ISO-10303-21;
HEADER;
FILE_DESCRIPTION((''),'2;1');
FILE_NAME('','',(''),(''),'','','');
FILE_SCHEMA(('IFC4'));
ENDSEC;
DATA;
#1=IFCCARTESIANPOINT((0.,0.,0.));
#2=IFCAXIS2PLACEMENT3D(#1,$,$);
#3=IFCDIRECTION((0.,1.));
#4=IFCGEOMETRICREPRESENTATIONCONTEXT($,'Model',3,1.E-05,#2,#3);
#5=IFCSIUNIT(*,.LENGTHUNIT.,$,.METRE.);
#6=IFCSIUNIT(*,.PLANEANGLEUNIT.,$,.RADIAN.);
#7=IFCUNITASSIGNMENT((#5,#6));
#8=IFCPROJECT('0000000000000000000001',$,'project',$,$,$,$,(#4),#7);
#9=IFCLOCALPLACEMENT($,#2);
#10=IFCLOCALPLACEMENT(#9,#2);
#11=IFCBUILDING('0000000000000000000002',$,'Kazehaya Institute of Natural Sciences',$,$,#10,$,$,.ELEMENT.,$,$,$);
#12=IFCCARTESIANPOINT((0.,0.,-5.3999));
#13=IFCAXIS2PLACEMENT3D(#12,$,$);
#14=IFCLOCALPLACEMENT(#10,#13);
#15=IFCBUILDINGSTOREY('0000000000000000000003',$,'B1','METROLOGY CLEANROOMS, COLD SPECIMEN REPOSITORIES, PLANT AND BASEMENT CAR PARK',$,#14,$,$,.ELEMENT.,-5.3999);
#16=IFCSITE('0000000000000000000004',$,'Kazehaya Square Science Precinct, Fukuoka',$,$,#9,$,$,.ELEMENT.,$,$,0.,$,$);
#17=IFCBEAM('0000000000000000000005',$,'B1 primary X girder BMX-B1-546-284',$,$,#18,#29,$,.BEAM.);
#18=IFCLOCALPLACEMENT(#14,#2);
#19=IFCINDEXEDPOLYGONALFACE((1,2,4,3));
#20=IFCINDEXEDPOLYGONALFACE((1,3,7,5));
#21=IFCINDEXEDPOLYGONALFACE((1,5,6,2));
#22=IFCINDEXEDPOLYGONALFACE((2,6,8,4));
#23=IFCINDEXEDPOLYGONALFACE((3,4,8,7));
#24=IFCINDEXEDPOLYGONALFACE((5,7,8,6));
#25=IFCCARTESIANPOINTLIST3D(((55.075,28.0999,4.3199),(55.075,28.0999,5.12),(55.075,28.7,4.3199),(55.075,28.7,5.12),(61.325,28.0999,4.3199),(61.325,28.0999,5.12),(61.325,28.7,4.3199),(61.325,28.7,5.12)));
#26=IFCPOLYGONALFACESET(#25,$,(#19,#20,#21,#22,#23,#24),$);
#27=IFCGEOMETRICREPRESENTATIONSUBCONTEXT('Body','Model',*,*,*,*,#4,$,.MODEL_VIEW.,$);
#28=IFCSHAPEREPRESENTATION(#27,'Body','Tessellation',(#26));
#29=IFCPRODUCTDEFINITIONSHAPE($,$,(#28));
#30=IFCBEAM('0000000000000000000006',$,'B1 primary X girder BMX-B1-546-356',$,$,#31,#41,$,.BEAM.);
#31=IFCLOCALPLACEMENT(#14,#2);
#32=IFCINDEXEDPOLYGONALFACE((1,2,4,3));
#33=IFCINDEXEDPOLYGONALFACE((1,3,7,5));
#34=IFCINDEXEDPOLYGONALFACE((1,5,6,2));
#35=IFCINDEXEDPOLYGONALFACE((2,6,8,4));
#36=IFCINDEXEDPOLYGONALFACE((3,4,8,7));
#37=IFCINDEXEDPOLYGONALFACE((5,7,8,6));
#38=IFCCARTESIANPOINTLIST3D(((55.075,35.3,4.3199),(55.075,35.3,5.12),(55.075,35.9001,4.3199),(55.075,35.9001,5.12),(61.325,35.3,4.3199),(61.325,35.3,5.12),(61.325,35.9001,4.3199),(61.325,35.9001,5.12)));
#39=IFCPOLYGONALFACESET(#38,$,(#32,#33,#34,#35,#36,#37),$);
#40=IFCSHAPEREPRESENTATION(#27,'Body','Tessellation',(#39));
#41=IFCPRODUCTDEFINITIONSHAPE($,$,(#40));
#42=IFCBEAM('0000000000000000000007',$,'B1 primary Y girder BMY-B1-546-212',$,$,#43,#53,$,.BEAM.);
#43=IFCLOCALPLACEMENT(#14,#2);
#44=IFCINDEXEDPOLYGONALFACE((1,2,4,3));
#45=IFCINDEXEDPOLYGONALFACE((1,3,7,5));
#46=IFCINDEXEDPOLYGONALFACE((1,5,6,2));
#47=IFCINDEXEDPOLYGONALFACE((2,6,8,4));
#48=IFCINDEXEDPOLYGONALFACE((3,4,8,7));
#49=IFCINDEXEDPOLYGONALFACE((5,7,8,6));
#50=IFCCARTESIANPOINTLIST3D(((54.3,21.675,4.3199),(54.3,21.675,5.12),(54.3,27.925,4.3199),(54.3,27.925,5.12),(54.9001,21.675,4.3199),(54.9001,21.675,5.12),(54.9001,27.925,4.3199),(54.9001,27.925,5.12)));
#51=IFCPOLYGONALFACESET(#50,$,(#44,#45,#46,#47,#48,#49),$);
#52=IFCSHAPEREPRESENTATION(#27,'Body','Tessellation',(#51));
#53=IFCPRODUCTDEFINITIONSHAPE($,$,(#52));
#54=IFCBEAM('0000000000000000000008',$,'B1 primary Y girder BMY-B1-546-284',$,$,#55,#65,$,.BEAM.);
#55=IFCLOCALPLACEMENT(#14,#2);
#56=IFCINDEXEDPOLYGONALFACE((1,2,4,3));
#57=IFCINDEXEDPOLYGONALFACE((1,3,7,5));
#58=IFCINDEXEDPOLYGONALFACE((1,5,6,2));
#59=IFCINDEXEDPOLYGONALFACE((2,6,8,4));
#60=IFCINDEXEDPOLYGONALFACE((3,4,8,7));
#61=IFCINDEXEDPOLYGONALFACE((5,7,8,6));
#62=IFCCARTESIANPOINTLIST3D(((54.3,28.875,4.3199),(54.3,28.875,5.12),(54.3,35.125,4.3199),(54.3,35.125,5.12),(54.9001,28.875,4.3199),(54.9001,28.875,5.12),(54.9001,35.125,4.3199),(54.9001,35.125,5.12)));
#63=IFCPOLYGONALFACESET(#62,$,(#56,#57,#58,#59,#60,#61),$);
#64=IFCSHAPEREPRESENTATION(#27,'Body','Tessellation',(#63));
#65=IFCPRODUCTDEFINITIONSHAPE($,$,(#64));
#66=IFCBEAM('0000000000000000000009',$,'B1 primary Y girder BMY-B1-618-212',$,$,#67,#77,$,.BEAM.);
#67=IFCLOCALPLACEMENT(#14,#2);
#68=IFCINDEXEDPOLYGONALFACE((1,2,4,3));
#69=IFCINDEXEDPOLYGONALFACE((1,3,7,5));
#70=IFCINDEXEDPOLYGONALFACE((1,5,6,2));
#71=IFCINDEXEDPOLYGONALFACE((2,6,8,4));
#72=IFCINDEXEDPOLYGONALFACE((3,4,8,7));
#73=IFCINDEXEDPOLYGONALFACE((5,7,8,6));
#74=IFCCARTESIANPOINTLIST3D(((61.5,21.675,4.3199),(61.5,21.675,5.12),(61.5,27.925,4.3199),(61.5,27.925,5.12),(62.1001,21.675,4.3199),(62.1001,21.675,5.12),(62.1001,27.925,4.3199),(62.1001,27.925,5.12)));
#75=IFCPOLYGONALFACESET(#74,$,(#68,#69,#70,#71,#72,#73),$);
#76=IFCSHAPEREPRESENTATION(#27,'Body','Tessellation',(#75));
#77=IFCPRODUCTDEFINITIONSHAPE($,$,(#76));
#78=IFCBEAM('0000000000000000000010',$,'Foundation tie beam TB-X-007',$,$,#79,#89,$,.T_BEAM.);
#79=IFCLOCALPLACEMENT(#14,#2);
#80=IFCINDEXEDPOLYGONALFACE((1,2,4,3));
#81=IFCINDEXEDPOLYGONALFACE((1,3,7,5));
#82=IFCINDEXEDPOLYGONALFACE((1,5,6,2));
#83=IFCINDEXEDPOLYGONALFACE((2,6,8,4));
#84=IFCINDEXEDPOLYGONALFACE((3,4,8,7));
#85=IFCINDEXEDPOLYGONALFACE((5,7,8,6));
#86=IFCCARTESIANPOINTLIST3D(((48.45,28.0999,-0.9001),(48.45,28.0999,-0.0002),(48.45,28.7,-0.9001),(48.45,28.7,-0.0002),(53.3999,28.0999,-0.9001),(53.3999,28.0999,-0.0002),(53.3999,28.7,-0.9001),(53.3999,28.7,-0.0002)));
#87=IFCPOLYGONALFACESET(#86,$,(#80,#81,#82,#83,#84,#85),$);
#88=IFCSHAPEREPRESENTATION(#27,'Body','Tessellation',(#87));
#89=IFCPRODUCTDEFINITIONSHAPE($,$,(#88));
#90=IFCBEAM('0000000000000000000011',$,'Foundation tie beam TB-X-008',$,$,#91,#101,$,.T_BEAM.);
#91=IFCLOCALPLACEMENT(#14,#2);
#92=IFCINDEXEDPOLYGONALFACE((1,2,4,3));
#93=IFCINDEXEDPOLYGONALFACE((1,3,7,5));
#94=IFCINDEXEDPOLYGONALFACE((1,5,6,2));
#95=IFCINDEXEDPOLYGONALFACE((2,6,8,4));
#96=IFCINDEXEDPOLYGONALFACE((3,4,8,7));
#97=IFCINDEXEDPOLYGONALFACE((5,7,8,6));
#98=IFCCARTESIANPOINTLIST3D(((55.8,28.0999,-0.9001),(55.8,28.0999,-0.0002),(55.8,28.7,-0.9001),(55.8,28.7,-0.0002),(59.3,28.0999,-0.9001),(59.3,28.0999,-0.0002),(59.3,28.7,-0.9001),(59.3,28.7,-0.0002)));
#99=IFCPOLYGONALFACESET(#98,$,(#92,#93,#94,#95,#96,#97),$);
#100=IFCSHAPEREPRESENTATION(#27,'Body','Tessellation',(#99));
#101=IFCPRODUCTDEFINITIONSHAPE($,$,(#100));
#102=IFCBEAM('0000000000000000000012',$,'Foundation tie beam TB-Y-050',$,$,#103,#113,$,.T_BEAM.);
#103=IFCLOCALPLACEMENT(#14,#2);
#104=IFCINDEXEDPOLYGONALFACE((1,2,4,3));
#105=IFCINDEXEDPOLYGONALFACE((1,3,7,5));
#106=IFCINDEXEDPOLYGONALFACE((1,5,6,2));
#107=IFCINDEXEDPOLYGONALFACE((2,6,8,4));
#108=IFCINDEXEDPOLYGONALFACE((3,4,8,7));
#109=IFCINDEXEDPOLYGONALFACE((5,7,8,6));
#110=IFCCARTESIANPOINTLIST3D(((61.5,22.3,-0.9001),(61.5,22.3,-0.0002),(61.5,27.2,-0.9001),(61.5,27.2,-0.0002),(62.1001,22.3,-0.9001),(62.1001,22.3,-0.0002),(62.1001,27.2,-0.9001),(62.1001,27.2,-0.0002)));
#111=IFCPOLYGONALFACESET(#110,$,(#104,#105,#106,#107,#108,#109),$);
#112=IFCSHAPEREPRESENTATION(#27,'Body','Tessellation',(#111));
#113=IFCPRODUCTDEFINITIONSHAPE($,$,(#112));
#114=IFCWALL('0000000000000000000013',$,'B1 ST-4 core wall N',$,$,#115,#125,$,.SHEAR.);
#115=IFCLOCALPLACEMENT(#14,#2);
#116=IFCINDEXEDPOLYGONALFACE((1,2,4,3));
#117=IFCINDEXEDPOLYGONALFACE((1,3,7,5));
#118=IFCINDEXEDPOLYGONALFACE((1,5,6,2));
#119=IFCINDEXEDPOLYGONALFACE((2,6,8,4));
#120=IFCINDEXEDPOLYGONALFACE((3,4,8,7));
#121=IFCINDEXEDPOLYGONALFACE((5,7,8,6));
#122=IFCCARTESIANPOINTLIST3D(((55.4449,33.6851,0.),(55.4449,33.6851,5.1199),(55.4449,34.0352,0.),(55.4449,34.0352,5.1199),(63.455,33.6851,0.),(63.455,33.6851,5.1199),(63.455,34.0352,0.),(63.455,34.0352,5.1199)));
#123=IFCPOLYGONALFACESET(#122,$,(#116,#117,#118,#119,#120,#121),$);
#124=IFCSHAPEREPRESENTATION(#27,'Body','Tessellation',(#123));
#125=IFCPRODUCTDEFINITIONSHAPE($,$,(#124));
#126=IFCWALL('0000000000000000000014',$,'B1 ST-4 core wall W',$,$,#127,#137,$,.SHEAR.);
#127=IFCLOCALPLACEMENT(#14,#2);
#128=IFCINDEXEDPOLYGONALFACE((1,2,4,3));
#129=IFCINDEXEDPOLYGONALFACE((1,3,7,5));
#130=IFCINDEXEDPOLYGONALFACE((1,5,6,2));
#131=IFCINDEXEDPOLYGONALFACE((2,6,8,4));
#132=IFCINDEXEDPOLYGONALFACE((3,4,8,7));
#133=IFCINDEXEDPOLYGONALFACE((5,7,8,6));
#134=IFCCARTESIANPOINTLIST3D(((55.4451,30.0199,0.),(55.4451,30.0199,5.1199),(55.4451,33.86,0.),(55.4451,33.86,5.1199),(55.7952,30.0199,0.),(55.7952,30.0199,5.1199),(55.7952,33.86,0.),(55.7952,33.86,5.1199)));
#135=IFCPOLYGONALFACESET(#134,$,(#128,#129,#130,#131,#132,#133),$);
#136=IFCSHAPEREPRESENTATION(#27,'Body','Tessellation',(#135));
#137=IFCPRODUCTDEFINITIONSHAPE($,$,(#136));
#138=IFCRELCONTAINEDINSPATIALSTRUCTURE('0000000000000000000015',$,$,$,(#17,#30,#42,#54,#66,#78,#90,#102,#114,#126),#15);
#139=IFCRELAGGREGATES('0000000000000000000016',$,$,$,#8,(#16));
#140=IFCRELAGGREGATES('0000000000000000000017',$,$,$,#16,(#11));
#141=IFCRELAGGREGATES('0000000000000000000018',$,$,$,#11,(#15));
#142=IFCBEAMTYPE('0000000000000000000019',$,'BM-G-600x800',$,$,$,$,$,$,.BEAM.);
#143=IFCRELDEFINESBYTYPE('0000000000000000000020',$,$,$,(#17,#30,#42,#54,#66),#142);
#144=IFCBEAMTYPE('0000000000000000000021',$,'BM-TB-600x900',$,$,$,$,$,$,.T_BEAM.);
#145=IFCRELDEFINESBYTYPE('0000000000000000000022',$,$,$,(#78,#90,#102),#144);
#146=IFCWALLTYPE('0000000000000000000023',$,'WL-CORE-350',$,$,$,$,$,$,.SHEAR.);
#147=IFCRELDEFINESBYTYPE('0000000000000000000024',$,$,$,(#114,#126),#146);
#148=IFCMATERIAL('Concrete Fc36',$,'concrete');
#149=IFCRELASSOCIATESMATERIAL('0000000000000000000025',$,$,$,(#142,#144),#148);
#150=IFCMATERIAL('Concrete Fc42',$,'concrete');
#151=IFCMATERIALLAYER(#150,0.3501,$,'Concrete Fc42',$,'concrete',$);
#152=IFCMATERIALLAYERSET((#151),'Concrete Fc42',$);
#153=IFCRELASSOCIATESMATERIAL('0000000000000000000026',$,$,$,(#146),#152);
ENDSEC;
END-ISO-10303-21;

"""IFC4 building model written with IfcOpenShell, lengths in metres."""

from ifc_helpers import new_model, si_unit, direction, frame, frame_2d, origin, origin_2d, place, context, subcontext, project, spatial, rectangle, extrude, material, layer, layer_set, material_profile, profile_set, type_object, element, save


model = new_model("IFC4")

# Units and contexts
model_context = context("Model", 3, precision=1e-05, world=origin(), true_north=direction((0.0, 1.0)))
body_context = subcontext(model_context, "Body", "Model", "MODEL_VIEW")
ifc_project = project(units=[si_unit("LENGTHUNIT", "METRE"), si_unit("PLANEANGLEUNIT", "RADIAN")], contexts=[model_context])

# Site, building, storey
site_placement = place(None, origin())
site = spatial("IfcSite", under=ifc_project, at=site_placement, Name="Kazehaya Square Science Precinct, Fukuoka", CompositionType="ELEMENT", RefElevation=0.0)
building_placement = place(site_placement, origin())
building = spatial("IfcBuilding", under=site, at=building_placement, Name="Kazehaya Institute of Natural Sciences", CompositionType="ELEMENT")
storey_placement = place(building_placement, frame((0.0, 0.0, -5.3999)))
storey = spatial("IfcBuildingStorey", under=building, at=storey_placement, Name="B1", Description="METROLOGY CLEANROOMS, COLD SPECIMEN REPOSITORIES, PLANT AND BASEMENT CAR PARK", CompositionType="ELEMENT", Elevation=-5.3999)

# Shared definitions
ifc_material_1 = material(Name="Concrete Fc36", Category="concrete")

# Shared definitions
ifc_material_2 = material(Name="Concrete Fc42", Category="concrete")

# Beams
ifc_material_profile_1 = material_profile(ifc_material_1, rectangle(XDim=0.6001, YDim=0.8, at=origin_2d()), Name="RC-600x800")
ifc_profile_set_1 = profile_set([ifc_material_profile_1], Name="Concrete Fc36")
beam_type_1 = type_object("IfcBeamType", Name="BM-G-600x800", PredefinedType="BEAM", material=ifc_profile_set_1)
for number, where, z_axis, x_axis, name in (
    (1, (55.075, 28.3999, 4.72), (1.0, 0.0, 0.0), (0.0, 1.0, 0.0), "B1 primary X girder BMX-B1-546-284"),
    (2, (55.075, 35.6001, 4.72), (1.0, 0.0, 0.0), (0.0, 1.0, 0.0), "B1 primary X girder BMX-B1-546-356"),
    (3, (54.6001, 21.675, 4.72), (0.0, 1.0, 0.0), (-1.0, 0.0, 0.0), "B1 primary Y girder BMY-B1-546-212"),
    (4, (54.6001, 28.875, 4.72), (0.0, 1.0, 0.0), (-1.0, 0.0, 0.0), "B1 primary Y girder BMY-B1-546-284"),
    (5, (61.8, 21.675, 4.72), (0.0, 1.0, 0.0), (-1.0, 0.0, 0.0), "B1 primary Y girder BMY-B1-618-212"),
):
    element("IfcBeam", number, at=place(storey_placement, frame(where, z_axis=z_axis, x_axis=x_axis)), inside=storey, type_object=beam_type_1, Name=name, PredefinedType="BEAM", context=body_context, shape_type="SweptSolid", body=[
        extrude(rectangle(XDim=0.6001, YDim=0.8, at=origin_2d()), origin(), (0.0, 0.0, 1.0), 6.25),
    ])
ifc_material_profile_2 = material_profile(ifc_material_1, rectangle(XDim=0.6001, YDim=0.8999, at=origin_2d()), Name="RC-600x900")
ifc_profile_set_2 = profile_set([ifc_material_profile_2], Name="Concrete Fc36")
beam_type_2 = type_object("IfcBeamType", Name="BM-TB-600x900", PredefinedType="T_BEAM", material=ifc_profile_set_2)
beam_1_placement = place(storey_placement, frame((48.45, 28.3999, -0.4502), z_axis=(1.0, 0.0, 0.0), x_axis=(0.0, 1.0, 0.0)))
element("IfcBeam", 6, at=beam_1_placement, inside=storey, type_object=beam_type_2, Name="Foundation tie beam TB-X-007", PredefinedType="T_BEAM", context=body_context, shape_type="SweptSolid", body=[
    extrude(rectangle(XDim=0.6001, YDim=0.8999, at=origin_2d()), origin(), (0.0, 0.0, 1.0), 4.95),
])
beam_2_placement = place(storey_placement, frame((55.8, 28.3999, -0.4502), z_axis=(1.0, 0.0, 0.0), x_axis=(0.0, 1.0, 0.0)))
element("IfcBeam", 7, at=beam_2_placement, inside=storey, type_object=beam_type_2, Name="Foundation tie beam TB-X-008", PredefinedType="T_BEAM", context=body_context, shape_type="SweptSolid", body=[
    extrude(rectangle(XDim=0.6001, YDim=0.8999, at=origin_2d()), origin(), (0.0, 0.0, 1.0), 3.5),
])
beam_3_placement = place(storey_placement, frame((61.8, 22.3, -0.4502), z_axis=(0.0, 1.0, 0.0), x_axis=(-1.0, 0.0, 0.0)))
element("IfcBeam", 8, at=beam_3_placement, inside=storey, type_object=beam_type_2, Name="Foundation tie beam TB-Y-050", PredefinedType="T_BEAM", context=body_context, shape_type="SweptSolid", body=[
    extrude(rectangle(XDim=0.6001, YDim=0.8999, at=origin_2d()), origin(), (0.0, 0.0, 1.0), 4.8999),
])

# Walls
ifc_layer = layer(ifc_material_2, 0.3501, Name="Concrete Fc42", Category="concrete")
ifc_layer_set = layer_set([ifc_layer], Name="Concrete Fc42")
wall_type = type_object("IfcWallType", Name="WL-CORE-350", PredefinedType="SHEAR", material=ifc_layer_set)
wall_1_placement = place(storey_placement, frame((55.4451, 33.8601, 0.0), z_axis=(0.0, 0.0, 1.0), x_axis=(1.0, 0.0, 0.0)))
element("IfcWall", 9, at=wall_1_placement, inside=storey, type_object=wall_type, Name="B1 ST-4 core wall N", PredefinedType="SHEAR", context=body_context, shape_type="SweptSolid", body=[
    extrude(rectangle(XDim=8.01, YDim=0.3501, at=frame_2d((4.0049, 0.0))), origin(), (0.0, 0.0, 1.0), 5.1199),
])
wall_2_placement = place(storey_placement, frame((55.6201, 30.02, 0.0), z_axis=(0.0, 0.0, 1.0), x_axis=(0.0, 1.0, 0.0)))
element("IfcWall", 10, at=wall_2_placement, inside=storey, type_object=wall_type, Name="B1 ST-4 core wall W", PredefinedType="SHEAR", context=body_context, shape_type="SweptSolid", body=[
    extrude(rectangle(XDim=3.8401, YDim=0.3501, at=frame_2d((1.9199, 0.0))), origin(), (0.0, 0.0, 1.0), 5.1199),
])

save(model, "model.ifc")
